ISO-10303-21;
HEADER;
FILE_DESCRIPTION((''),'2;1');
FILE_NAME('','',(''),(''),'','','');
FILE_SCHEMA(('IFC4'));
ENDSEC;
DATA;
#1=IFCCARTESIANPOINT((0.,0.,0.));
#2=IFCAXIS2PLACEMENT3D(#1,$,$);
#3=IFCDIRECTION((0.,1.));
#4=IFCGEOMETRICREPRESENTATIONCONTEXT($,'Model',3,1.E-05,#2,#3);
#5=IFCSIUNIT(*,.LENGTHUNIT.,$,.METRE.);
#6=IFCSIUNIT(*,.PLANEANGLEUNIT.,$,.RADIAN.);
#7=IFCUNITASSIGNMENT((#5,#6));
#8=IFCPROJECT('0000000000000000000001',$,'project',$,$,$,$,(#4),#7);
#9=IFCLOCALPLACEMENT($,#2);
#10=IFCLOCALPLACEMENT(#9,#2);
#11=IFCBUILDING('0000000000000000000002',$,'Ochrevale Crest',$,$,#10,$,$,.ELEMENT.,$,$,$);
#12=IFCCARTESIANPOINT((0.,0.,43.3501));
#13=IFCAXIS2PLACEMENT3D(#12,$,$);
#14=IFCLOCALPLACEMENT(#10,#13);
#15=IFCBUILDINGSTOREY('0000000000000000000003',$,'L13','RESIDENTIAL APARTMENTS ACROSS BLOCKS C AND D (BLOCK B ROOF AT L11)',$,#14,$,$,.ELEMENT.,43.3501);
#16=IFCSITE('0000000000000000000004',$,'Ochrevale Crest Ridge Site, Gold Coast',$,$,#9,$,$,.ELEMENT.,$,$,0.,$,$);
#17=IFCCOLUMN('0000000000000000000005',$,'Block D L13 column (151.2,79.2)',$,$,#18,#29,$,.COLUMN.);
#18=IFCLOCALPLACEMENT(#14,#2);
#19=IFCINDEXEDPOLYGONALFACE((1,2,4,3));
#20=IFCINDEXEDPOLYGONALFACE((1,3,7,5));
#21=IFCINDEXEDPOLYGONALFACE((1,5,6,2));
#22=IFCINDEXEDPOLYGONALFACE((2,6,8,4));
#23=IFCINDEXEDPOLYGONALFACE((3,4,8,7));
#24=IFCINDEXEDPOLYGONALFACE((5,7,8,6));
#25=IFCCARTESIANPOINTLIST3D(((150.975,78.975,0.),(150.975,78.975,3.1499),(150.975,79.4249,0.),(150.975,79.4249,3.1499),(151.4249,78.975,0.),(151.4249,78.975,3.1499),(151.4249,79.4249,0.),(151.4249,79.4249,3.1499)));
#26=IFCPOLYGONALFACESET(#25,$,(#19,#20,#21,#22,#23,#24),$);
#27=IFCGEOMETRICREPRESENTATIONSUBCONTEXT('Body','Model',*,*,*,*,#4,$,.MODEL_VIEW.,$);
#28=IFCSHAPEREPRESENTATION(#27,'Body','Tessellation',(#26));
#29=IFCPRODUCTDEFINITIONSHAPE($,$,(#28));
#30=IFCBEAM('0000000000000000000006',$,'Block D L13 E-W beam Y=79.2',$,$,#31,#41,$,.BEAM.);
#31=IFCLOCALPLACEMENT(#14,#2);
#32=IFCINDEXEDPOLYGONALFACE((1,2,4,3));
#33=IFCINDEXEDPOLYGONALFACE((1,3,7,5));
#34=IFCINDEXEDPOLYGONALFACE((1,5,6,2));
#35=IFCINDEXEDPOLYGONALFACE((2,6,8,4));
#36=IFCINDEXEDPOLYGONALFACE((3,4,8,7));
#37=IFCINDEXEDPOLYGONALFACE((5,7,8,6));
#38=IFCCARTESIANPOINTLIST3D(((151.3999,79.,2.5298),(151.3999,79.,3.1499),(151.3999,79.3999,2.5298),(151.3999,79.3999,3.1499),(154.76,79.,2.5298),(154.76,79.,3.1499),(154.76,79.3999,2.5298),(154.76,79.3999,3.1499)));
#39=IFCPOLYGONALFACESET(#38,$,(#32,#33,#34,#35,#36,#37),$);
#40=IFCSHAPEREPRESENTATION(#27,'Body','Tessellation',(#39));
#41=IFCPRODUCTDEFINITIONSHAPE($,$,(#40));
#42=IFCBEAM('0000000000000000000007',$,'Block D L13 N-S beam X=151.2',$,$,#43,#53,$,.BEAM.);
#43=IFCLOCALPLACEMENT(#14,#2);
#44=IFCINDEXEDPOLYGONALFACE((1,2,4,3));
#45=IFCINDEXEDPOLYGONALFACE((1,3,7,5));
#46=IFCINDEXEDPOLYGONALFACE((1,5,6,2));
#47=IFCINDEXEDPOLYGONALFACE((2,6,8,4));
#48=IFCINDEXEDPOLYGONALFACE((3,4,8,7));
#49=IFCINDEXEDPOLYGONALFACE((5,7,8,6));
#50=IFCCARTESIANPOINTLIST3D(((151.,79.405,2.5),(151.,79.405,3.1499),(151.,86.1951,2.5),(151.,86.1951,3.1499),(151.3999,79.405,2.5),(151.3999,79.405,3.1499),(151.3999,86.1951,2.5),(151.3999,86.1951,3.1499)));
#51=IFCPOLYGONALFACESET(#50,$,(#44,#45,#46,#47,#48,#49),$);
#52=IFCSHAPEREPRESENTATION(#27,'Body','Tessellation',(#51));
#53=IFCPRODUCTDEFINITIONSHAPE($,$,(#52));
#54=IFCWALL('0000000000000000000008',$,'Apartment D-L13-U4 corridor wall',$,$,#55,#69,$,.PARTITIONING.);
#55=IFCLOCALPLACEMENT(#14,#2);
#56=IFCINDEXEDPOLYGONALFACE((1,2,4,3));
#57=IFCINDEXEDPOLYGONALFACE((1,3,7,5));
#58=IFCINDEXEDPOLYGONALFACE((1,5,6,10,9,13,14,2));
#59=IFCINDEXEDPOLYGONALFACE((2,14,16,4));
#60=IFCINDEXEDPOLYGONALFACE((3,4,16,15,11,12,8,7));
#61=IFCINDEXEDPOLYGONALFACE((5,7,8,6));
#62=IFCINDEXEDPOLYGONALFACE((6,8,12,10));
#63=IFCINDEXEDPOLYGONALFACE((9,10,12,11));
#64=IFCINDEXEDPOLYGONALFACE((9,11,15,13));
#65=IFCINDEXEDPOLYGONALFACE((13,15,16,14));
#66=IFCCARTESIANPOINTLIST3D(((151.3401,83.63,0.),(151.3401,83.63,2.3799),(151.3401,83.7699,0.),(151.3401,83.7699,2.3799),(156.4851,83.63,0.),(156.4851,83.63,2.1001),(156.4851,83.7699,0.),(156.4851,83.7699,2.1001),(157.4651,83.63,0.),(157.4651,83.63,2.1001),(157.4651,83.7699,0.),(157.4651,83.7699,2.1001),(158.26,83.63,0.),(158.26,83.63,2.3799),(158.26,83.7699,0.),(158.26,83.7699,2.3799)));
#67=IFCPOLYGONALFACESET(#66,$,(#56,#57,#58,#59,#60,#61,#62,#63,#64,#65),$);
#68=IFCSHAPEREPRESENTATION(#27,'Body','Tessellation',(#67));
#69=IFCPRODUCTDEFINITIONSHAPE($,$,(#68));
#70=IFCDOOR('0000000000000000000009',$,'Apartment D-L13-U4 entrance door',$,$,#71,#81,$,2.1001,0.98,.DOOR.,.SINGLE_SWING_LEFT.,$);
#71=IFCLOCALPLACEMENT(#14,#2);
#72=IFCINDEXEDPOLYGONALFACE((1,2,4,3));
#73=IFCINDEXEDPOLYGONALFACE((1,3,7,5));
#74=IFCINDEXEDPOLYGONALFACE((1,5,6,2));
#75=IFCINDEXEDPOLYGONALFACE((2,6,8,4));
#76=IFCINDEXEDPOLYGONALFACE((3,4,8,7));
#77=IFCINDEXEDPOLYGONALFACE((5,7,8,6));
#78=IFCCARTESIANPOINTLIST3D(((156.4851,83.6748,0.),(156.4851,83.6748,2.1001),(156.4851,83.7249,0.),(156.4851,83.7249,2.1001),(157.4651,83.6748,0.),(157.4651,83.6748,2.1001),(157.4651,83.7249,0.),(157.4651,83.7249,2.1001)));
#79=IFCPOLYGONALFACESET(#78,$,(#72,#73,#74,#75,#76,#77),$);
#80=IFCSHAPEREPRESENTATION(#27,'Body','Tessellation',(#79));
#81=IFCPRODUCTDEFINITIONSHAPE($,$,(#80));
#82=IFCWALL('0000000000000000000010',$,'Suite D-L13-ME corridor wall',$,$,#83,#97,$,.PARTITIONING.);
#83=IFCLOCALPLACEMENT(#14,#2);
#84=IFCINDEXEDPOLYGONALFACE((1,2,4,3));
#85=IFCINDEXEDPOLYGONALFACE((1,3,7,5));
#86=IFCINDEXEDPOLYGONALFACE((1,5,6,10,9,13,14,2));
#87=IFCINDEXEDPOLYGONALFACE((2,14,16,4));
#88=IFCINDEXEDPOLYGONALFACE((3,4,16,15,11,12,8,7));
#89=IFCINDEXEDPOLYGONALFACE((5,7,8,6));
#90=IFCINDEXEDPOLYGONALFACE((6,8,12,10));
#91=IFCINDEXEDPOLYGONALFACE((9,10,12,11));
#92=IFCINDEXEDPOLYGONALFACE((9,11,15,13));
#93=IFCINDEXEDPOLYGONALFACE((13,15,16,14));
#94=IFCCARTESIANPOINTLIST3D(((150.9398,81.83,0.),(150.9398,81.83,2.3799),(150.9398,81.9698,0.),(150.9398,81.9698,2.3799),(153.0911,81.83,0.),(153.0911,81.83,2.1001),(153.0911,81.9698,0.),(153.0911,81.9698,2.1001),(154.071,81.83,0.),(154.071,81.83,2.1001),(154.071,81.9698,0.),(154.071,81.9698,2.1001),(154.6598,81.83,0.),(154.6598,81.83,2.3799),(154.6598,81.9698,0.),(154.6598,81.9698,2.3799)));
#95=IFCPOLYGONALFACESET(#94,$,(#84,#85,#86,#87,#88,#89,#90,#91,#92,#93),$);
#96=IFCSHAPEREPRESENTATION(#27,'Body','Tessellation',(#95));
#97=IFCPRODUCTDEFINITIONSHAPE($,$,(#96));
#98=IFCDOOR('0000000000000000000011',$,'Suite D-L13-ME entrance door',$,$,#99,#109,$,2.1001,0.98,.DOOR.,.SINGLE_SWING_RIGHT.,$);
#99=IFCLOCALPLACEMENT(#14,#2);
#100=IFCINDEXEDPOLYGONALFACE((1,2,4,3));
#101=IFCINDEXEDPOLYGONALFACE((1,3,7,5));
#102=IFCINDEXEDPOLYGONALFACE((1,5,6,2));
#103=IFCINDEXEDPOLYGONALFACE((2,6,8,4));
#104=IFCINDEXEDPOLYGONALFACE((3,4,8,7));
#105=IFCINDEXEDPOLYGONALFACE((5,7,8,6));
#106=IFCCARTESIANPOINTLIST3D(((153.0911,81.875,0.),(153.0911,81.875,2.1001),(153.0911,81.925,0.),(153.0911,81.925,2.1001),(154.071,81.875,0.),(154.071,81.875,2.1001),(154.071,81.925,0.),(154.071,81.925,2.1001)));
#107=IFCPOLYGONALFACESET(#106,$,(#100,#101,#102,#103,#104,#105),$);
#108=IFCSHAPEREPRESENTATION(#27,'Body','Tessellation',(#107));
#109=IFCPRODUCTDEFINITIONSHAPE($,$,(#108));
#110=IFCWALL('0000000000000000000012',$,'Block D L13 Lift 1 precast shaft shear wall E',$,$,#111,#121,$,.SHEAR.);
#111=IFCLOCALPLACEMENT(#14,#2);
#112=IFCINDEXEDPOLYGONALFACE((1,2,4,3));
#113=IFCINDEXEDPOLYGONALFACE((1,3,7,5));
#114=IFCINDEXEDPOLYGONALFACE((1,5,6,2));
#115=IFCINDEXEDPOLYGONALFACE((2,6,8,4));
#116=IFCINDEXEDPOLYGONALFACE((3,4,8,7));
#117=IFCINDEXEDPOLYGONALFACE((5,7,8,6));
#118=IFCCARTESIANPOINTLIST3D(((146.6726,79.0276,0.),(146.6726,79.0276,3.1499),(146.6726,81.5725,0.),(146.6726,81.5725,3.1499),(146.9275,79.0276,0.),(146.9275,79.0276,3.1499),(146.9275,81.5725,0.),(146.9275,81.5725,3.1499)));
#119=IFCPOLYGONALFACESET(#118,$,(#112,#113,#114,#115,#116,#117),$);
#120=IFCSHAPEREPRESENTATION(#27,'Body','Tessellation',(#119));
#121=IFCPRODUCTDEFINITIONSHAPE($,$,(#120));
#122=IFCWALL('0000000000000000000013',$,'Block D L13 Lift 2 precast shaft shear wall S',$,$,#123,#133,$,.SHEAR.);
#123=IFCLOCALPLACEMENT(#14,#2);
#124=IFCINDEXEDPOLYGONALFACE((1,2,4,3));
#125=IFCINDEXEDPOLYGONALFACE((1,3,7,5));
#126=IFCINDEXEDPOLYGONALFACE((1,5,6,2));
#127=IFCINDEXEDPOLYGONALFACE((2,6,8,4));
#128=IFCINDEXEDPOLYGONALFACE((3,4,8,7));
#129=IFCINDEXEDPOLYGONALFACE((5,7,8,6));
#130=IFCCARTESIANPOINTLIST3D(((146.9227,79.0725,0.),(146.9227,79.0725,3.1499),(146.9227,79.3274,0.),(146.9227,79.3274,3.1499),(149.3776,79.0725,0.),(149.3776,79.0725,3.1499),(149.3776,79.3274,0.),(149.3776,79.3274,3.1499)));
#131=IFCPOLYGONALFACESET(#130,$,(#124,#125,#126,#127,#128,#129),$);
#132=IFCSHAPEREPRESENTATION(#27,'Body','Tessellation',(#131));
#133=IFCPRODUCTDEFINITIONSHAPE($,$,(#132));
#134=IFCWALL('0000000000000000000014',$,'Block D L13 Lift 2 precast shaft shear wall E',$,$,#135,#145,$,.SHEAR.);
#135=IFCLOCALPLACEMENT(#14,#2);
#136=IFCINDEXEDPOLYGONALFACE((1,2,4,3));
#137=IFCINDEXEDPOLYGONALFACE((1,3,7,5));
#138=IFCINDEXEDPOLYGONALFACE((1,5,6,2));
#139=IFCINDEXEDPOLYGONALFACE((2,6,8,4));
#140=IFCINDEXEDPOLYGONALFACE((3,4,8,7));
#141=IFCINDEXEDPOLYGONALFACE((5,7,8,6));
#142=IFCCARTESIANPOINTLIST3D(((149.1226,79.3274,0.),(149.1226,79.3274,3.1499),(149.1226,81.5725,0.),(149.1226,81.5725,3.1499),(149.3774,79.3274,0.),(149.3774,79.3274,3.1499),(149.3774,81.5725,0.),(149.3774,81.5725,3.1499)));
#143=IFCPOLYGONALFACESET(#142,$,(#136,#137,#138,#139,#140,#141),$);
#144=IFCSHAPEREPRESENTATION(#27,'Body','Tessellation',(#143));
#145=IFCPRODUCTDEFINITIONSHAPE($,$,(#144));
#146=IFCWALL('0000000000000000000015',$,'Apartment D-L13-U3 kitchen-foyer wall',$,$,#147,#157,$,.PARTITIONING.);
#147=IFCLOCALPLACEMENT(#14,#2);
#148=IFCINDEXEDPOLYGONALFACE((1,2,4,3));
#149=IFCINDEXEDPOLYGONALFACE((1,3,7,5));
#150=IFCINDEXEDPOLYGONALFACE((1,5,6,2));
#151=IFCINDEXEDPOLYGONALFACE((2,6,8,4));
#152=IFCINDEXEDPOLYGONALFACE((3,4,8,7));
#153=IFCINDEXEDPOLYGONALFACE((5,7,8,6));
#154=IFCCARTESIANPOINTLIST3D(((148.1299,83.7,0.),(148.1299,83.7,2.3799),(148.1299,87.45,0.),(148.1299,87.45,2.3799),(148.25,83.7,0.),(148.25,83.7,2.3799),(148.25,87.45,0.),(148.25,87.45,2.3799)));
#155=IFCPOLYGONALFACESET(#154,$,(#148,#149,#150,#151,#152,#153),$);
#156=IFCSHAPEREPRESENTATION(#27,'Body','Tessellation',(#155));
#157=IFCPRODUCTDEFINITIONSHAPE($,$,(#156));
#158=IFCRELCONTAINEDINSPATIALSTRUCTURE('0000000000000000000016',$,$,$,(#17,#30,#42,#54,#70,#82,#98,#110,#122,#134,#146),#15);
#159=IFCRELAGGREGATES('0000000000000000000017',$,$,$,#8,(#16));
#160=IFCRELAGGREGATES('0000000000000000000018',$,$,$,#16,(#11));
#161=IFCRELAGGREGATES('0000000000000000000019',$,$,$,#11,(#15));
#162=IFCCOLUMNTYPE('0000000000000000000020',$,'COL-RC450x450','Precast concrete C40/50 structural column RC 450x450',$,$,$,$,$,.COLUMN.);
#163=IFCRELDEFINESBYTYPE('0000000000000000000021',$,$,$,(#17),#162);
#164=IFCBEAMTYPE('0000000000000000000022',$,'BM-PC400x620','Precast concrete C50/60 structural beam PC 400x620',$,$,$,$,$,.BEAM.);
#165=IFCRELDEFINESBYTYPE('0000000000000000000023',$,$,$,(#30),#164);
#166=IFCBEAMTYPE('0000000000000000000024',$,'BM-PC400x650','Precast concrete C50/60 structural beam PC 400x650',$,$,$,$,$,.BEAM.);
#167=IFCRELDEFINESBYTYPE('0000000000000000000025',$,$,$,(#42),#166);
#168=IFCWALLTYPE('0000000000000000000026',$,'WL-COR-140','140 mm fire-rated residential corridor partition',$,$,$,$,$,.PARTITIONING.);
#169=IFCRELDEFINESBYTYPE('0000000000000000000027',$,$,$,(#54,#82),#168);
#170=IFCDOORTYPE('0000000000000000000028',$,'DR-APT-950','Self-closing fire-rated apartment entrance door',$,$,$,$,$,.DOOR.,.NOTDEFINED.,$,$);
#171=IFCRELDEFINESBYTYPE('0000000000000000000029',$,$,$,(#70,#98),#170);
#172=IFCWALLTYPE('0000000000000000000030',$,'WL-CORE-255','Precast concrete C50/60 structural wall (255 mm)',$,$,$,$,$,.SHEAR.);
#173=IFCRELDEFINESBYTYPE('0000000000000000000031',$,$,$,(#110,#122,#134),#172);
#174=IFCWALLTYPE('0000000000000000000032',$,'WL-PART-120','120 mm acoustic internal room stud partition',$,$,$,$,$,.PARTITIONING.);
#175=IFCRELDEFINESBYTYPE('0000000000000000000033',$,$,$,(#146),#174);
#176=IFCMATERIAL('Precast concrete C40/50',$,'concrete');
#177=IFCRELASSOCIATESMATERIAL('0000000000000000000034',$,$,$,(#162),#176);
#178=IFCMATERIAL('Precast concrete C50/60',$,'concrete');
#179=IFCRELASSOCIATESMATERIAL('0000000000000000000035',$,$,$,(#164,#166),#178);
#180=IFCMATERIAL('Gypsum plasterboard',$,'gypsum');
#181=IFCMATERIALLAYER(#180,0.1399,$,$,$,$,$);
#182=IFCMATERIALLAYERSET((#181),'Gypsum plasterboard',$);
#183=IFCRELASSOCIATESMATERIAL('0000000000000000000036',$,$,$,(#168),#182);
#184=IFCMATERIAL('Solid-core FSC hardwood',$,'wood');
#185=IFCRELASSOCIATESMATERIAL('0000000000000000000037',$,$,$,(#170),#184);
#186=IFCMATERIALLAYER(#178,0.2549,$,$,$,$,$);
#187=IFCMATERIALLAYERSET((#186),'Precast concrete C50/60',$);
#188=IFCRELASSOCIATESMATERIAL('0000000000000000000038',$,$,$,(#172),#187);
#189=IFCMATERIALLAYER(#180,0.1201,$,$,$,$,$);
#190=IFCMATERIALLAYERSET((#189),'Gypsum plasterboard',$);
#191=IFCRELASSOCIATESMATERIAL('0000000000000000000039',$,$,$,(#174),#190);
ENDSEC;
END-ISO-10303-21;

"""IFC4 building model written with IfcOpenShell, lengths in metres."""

from ifc_helpers import new_model, si_unit, direction, frame, frame_2d, origin, origin_2d, place, context, subcontext, project, spatial, rectangle, extrude, material, layer, layer_set, material_profile, profile_set, type_object, element, fill, save


model = new_model("IFC4")

# Units and contexts
model_context = context("Model", 3, precision=1e-05, world=origin(), true_north=direction((0.0, 1.0)))
body_context = subcontext(model_context, "Body", "Model", "MODEL_VIEW")
ifc_project = project(units=[si_unit("LENGTHUNIT", "METRE"), si_unit("PLANEANGLEUNIT", "RADIAN")], contexts=[model_context])

# Site, building, storey
site_placement = place(None, origin())
site = spatial("IfcSite", under=ifc_project, at=site_placement, Name="Ochrevale Crest Ridge Site, Gold Coast", CompositionType="ELEMENT", RefElevation=0.0)
building_placement = place(site_placement, origin())
building = spatial("IfcBuilding", under=site, at=building_placement, Name="Ochrevale Crest", CompositionType="ELEMENT")
storey_placement = place(building_placement, frame((0.0, 0.0, 43.3501)))
storey = spatial("IfcBuildingStorey", under=building, at=storey_placement, Name="L13", Description="RESIDENTIAL APARTMENTS ACROSS BLOCKS C AND D (BLOCK B ROOF AT L11)", CompositionType="ELEMENT", Elevation=43.3501)

# Column
ifc_material_1 = material(Name="Precast concrete C40/50", Category="concrete")
ifc_material_profile_1 = material_profile(ifc_material_1, rectangle(XDim=0.45, YDim=0.45, at=origin_2d()), Name="RC 450x450")
ifc_profile_set_1 = profile_set([ifc_material_profile_1], Name="Precast concrete C40/50")
column_type = type_object("IfcColumnType", Name="COL-RC450x450", Description="Precast concrete C40/50 structural column RC 450x450", PredefinedType="COLUMN", material=ifc_profile_set_1)
column_placement = place(storey_placement, frame((151.2, 79.2, 0.0), z_axis=(0.0, 0.0, 1.0), x_axis=(1.0, 0.0, 0.0)))
element("IfcColumn", 1, at=column_placement, inside=storey, type_object=column_type, Name="Block D L13 column (151.2,79.2)", PredefinedType="COLUMN", context=body_context, shape_type="SweptSolid", body=[
    extrude(rectangle(XDim=0.45, YDim=0.45, at=origin_2d()), origin(), (0.0, 0.0, 1.0), 3.1499),
])

# Beams
ifc_material_2 = material(Name="Precast concrete C50/60", Category="concrete")
ifc_material_profile_2 = material_profile(ifc_material_2, rectangle(XDim=0.3999, YDim=0.6201, at=origin_2d()), Name="PC 400x620")
ifc_profile_set_2 = profile_set([ifc_material_profile_2], Name="Precast concrete C50/60")
beam_type_1 = type_object("IfcBeamType", Name="BM-PC400x620", Description="Precast concrete C50/60 structural beam PC 400x620", PredefinedType="BEAM", material=ifc_profile_set_2)
beam_1_placement = place(storey_placement, frame((151.3999, 79.2, 2.8398), z_axis=(1.0, 0.0, 0.0), x_axis=(0.0, 1.0, 0.0)))
element("IfcBeam", 2, at=beam_1_placement, inside=storey, type_object=beam_type_1, Name="Block D L13 E-W beam Y=79.2", PredefinedType="BEAM", context=body_context, shape_type="SweptSolid", body=[
    extrude(rectangle(XDim=0.3999, YDim=0.6201, at=origin_2d()), origin(), (0.0, 0.0, 1.0), 3.3601),
])
ifc_material_profile_3 = material_profile(ifc_material_2, rectangle(XDim=0.3999, YDim=0.6499, at=origin_2d()), Name="PC 400x650")
ifc_profile_set_3 = profile_set([ifc_material_profile_3], Name="Precast concrete C50/60")
beam_type_2 = type_object("IfcBeamType", Name="BM-PC400x650", Description="Precast concrete C50/60 structural beam PC 400x650", PredefinedType="BEAM", material=ifc_profile_set_3)
beam_2_placement = place(storey_placement, frame((151.2, 79.405, 2.825), z_axis=(0.0, 1.0, 0.0), x_axis=(-1.0, 0.0, 0.0)))
element("IfcBeam", 3, at=beam_2_placement, inside=storey, type_object=beam_type_2, Name="Block D L13 N-S beam X=151.2", PredefinedType="BEAM", context=body_context, shape_type="SweptSolid", body=[
    extrude(rectangle(XDim=0.3999, YDim=0.6499, at=origin_2d()), origin(), (0.0, 0.0, 1.0), 6.79),
])

# Walls, openings, doors
ifc_material_3 = material(Name="Gypsum plasterboard", Category="gypsum")
ifc_layer_1 = layer(ifc_material_3, 0.1399)
ifc_layer_set_1 = layer_set([ifc_layer_1], Name="Gypsum plasterboard")
wall_type_1 = type_object("IfcWallType", Name="WL-COR-140", Description="140 mm fire-rated residential corridor partition", PredefinedType="PARTITIONING", material=ifc_layer_set_1)
wall_1_placement = place(storey_placement, frame((151.3401, 83.7, 0.0), z_axis=(0.0, 0.0, 1.0), x_axis=(1.0, 0.0, 0.0)))
wall_1 = element("IfcWall", 4, at=wall_1_placement, inside=storey, type_object=wall_type_1, Name="Apartment D-L13-U4 corridor wall", PredefinedType="PARTITIONING", context=body_context, shape_type="SweptSolid", body=[
    extrude(rectangle(XDim=6.9199, YDim=0.1399, at=frame_2d((3.46, 0.0))), origin(), (0.0, 0.0, 1.0), 2.3799),
])
opening_1_placement = place(wall_1_placement, frame((5.145, 0.0, 0.0)))
opening_1 = element("IfcOpeningElement", 5, at=opening_1_placement, cuts=wall_1, PredefinedType="OPENING", context=body_context, shape_type="SweptSolid", body=[
    extrude(rectangle(XDim=0.98, YDim=2.1001, at=frame_2d((0.49, 1.05))), frame((0.0, 0.0801, 0.0), z_axis=(0.0, -1.0, 0.0), x_axis=(1.0, 0.0, 0.0)), (0.0, 0.0, 1.0), 0.1599),
])
ifc_material_4 = material(Name="Solid-core FSC hardwood", Category="wood")
door_type_1 = type_object("IfcDoorType", Name="DR-APT-950", Description="Self-closing fire-rated apartment entrance door", OperationType="NOTDEFINED", PredefinedType="DOOR", material=ifc_material_4)
door_1_placement = place(opening_1_placement, origin())
door_1 = element("IfcDoor", 6, at=door_1_placement, inside=storey, type_object=door_type_1, Name="Apartment D-L13-U4 entrance door", OperationType="SINGLE_SWING_LEFT", OverallHeight=2.1001, OverallWidth=0.98, PredefinedType="DOOR", context=body_context, shape_type="SweptSolid", body=[
    extrude(rectangle(XDim=0.98, YDim=2.1001, at=frame_2d((0.49, 1.05))), frame((0.0, 0.0249, 0.0), z_axis=(0.0, -1.0, 0.0), x_axis=(1.0, 0.0, 0.0)), (0.0, 0.0, 1.0), 0.05),
])
fill(opening_1, door_1)
wall_2_placement = place(storey_placement, frame((150.9399, 81.8999, 0.0), z_axis=(0.0, 0.0, 1.0), x_axis=(1.0, 0.0, 0.0)))
wall_2 = element("IfcWall", 7, at=wall_2_placement, inside=storey, type_object=wall_type_1, Name="Suite D-L13-ME corridor wall", PredefinedType="PARTITIONING", context=body_context, shape_type="SweptSolid", body=[
    extrude(rectangle(XDim=3.72, YDim=0.1399, at=frame_2d((1.8599, 0.0))), origin(), (0.0, 0.0, 1.0), 2.3799),
])
opening_2_placement = place(wall_2_placement, frame((3.1311, 0.0, 0.0), z_axis=(0.0, 0.0, 1.0), x_axis=(-1.0, 0.0, 0.0)))
opening_2 = element("IfcOpeningElement", 8, at=opening_2_placement, cuts=wall_2, PredefinedType="OPENING", context=body_context, shape_type="SweptSolid", body=[
    extrude(rectangle(XDim=0.98, YDim=2.1001, at=frame_2d((0.49, 1.05))), frame((0.0, 0.0801, 0.0), z_axis=(0.0, -1.0, 0.0), x_axis=(1.0, 0.0, 0.0)), (0.0, 0.0, 1.0), 0.1599),
])
door_2_placement = place(opening_2_placement, origin())
door_2 = element("IfcDoor", 9, at=door_2_placement, inside=storey, type_object=door_type_1, Name="Suite D-L13-ME entrance door", OperationType="SINGLE_SWING_RIGHT", OverallHeight=2.1001, OverallWidth=0.98, PredefinedType="DOOR", context=body_context, shape_type="SweptSolid", body=[
    extrude(rectangle(XDim=0.98, YDim=2.1001, at=frame_2d((0.49, 1.05))), frame((0.0, 0.0249, 0.0), z_axis=(0.0, -1.0, 0.0), x_axis=(1.0, 0.0, 0.0)), (0.0, 0.0, 1.0), 0.05),
])
fill(opening_2, door_2)

# Walls
ifc_layer_2 = layer(ifc_material_2, 0.2549)
ifc_layer_set_2 = layer_set([ifc_layer_2], Name="Precast concrete C50/60")
wall_type_2 = type_object("IfcWallType", Name="WL-CORE-255", Description="Precast concrete C50/60 structural wall (255 mm)", PredefinedType="SHEAR", material=ifc_layer_set_2)
wall_3_placement = place(storey_placement, frame((146.8, 79.0276, 0.0), z_axis=(0.0, 0.0, 1.0), x_axis=(0.0, 1.0, 0.0)))
element("IfcWall", 10, at=wall_3_placement, inside=storey, type_object=wall_type_2, Name="Block D L13 Lift 1 precast shaft shear wall E", PredefinedType="SHEAR", context=body_context, shape_type="SweptSolid", body=[
    extrude(rectangle(XDim=2.5449, YDim=0.2549, at=frame_2d((1.2725, 0.0))), origin(), (0.0, 0.0, 1.0), 3.1499),
])
wall_4_placement = place(storey_placement, frame((146.9226, 79.2, 0.0), z_axis=(0.0, 0.0, 1.0), x_axis=(1.0, 0.0, 0.0)))
element("IfcWall", 11, at=wall_4_placement, inside=storey, type_object=wall_type_2, Name="Block D L13 Lift 2 precast shaft shear wall S", PredefinedType="SHEAR", context=body_context, shape_type="SweptSolid", body=[
    extrude(rectangle(XDim=2.4548, YDim=0.2549, at=frame_2d((1.2275, 0.0))), origin(), (0.0, 0.0, 1.0), 3.1499),
])

# Walls
wall_5_placement = place(storey_placement, frame((149.25, 79.3274, 0.0), z_axis=(0.0, 0.0, 1.0), x_axis=(0.0, 1.0, 0.0)))
element("IfcWall", 12, at=wall_5_placement, inside=storey, type_object=wall_type_2, Name="Block D L13 Lift 2 precast shaft shear wall E", PredefinedType="SHEAR", context=body_context, shape_type="SweptSolid", body=[
    extrude(rectangle(XDim=2.2451, YDim=0.2549, at=frame_2d((1.1226, 0.0))), origin(), (0.0, 0.0, 1.0), 3.1499),
])
ifc_layer_3 = layer(ifc_material_3, 0.1201)
ifc_layer_set_3 = layer_set([ifc_layer_3], Name="Gypsum plasterboard")
wall_type_3 = type_object("IfcWallType", Name="WL-PART-120", Description="120 mm acoustic internal room stud partition", PredefinedType="PARTITIONING", material=ifc_layer_set_3)
wall_6_placement = place(storey_placement, frame((148.1899, 83.7, 0.0), z_axis=(0.0, 0.0, 1.0), x_axis=(0.0, 1.0, 0.0)))
element("IfcWall", 13, at=wall_6_placement, inside=storey, type_object=wall_type_3, Name="Apartment D-L13-U3 kitchen-foyer wall", PredefinedType="PARTITIONING", context=body_context, shape_type="SweptSolid", body=[
    extrude(rectangle(XDim=3.75, YDim=0.1201, at=frame_2d((1.875, 0.0))), origin(), (0.0, 0.0, 1.0), 2.3799),
])

save(model, "model.ifc")
